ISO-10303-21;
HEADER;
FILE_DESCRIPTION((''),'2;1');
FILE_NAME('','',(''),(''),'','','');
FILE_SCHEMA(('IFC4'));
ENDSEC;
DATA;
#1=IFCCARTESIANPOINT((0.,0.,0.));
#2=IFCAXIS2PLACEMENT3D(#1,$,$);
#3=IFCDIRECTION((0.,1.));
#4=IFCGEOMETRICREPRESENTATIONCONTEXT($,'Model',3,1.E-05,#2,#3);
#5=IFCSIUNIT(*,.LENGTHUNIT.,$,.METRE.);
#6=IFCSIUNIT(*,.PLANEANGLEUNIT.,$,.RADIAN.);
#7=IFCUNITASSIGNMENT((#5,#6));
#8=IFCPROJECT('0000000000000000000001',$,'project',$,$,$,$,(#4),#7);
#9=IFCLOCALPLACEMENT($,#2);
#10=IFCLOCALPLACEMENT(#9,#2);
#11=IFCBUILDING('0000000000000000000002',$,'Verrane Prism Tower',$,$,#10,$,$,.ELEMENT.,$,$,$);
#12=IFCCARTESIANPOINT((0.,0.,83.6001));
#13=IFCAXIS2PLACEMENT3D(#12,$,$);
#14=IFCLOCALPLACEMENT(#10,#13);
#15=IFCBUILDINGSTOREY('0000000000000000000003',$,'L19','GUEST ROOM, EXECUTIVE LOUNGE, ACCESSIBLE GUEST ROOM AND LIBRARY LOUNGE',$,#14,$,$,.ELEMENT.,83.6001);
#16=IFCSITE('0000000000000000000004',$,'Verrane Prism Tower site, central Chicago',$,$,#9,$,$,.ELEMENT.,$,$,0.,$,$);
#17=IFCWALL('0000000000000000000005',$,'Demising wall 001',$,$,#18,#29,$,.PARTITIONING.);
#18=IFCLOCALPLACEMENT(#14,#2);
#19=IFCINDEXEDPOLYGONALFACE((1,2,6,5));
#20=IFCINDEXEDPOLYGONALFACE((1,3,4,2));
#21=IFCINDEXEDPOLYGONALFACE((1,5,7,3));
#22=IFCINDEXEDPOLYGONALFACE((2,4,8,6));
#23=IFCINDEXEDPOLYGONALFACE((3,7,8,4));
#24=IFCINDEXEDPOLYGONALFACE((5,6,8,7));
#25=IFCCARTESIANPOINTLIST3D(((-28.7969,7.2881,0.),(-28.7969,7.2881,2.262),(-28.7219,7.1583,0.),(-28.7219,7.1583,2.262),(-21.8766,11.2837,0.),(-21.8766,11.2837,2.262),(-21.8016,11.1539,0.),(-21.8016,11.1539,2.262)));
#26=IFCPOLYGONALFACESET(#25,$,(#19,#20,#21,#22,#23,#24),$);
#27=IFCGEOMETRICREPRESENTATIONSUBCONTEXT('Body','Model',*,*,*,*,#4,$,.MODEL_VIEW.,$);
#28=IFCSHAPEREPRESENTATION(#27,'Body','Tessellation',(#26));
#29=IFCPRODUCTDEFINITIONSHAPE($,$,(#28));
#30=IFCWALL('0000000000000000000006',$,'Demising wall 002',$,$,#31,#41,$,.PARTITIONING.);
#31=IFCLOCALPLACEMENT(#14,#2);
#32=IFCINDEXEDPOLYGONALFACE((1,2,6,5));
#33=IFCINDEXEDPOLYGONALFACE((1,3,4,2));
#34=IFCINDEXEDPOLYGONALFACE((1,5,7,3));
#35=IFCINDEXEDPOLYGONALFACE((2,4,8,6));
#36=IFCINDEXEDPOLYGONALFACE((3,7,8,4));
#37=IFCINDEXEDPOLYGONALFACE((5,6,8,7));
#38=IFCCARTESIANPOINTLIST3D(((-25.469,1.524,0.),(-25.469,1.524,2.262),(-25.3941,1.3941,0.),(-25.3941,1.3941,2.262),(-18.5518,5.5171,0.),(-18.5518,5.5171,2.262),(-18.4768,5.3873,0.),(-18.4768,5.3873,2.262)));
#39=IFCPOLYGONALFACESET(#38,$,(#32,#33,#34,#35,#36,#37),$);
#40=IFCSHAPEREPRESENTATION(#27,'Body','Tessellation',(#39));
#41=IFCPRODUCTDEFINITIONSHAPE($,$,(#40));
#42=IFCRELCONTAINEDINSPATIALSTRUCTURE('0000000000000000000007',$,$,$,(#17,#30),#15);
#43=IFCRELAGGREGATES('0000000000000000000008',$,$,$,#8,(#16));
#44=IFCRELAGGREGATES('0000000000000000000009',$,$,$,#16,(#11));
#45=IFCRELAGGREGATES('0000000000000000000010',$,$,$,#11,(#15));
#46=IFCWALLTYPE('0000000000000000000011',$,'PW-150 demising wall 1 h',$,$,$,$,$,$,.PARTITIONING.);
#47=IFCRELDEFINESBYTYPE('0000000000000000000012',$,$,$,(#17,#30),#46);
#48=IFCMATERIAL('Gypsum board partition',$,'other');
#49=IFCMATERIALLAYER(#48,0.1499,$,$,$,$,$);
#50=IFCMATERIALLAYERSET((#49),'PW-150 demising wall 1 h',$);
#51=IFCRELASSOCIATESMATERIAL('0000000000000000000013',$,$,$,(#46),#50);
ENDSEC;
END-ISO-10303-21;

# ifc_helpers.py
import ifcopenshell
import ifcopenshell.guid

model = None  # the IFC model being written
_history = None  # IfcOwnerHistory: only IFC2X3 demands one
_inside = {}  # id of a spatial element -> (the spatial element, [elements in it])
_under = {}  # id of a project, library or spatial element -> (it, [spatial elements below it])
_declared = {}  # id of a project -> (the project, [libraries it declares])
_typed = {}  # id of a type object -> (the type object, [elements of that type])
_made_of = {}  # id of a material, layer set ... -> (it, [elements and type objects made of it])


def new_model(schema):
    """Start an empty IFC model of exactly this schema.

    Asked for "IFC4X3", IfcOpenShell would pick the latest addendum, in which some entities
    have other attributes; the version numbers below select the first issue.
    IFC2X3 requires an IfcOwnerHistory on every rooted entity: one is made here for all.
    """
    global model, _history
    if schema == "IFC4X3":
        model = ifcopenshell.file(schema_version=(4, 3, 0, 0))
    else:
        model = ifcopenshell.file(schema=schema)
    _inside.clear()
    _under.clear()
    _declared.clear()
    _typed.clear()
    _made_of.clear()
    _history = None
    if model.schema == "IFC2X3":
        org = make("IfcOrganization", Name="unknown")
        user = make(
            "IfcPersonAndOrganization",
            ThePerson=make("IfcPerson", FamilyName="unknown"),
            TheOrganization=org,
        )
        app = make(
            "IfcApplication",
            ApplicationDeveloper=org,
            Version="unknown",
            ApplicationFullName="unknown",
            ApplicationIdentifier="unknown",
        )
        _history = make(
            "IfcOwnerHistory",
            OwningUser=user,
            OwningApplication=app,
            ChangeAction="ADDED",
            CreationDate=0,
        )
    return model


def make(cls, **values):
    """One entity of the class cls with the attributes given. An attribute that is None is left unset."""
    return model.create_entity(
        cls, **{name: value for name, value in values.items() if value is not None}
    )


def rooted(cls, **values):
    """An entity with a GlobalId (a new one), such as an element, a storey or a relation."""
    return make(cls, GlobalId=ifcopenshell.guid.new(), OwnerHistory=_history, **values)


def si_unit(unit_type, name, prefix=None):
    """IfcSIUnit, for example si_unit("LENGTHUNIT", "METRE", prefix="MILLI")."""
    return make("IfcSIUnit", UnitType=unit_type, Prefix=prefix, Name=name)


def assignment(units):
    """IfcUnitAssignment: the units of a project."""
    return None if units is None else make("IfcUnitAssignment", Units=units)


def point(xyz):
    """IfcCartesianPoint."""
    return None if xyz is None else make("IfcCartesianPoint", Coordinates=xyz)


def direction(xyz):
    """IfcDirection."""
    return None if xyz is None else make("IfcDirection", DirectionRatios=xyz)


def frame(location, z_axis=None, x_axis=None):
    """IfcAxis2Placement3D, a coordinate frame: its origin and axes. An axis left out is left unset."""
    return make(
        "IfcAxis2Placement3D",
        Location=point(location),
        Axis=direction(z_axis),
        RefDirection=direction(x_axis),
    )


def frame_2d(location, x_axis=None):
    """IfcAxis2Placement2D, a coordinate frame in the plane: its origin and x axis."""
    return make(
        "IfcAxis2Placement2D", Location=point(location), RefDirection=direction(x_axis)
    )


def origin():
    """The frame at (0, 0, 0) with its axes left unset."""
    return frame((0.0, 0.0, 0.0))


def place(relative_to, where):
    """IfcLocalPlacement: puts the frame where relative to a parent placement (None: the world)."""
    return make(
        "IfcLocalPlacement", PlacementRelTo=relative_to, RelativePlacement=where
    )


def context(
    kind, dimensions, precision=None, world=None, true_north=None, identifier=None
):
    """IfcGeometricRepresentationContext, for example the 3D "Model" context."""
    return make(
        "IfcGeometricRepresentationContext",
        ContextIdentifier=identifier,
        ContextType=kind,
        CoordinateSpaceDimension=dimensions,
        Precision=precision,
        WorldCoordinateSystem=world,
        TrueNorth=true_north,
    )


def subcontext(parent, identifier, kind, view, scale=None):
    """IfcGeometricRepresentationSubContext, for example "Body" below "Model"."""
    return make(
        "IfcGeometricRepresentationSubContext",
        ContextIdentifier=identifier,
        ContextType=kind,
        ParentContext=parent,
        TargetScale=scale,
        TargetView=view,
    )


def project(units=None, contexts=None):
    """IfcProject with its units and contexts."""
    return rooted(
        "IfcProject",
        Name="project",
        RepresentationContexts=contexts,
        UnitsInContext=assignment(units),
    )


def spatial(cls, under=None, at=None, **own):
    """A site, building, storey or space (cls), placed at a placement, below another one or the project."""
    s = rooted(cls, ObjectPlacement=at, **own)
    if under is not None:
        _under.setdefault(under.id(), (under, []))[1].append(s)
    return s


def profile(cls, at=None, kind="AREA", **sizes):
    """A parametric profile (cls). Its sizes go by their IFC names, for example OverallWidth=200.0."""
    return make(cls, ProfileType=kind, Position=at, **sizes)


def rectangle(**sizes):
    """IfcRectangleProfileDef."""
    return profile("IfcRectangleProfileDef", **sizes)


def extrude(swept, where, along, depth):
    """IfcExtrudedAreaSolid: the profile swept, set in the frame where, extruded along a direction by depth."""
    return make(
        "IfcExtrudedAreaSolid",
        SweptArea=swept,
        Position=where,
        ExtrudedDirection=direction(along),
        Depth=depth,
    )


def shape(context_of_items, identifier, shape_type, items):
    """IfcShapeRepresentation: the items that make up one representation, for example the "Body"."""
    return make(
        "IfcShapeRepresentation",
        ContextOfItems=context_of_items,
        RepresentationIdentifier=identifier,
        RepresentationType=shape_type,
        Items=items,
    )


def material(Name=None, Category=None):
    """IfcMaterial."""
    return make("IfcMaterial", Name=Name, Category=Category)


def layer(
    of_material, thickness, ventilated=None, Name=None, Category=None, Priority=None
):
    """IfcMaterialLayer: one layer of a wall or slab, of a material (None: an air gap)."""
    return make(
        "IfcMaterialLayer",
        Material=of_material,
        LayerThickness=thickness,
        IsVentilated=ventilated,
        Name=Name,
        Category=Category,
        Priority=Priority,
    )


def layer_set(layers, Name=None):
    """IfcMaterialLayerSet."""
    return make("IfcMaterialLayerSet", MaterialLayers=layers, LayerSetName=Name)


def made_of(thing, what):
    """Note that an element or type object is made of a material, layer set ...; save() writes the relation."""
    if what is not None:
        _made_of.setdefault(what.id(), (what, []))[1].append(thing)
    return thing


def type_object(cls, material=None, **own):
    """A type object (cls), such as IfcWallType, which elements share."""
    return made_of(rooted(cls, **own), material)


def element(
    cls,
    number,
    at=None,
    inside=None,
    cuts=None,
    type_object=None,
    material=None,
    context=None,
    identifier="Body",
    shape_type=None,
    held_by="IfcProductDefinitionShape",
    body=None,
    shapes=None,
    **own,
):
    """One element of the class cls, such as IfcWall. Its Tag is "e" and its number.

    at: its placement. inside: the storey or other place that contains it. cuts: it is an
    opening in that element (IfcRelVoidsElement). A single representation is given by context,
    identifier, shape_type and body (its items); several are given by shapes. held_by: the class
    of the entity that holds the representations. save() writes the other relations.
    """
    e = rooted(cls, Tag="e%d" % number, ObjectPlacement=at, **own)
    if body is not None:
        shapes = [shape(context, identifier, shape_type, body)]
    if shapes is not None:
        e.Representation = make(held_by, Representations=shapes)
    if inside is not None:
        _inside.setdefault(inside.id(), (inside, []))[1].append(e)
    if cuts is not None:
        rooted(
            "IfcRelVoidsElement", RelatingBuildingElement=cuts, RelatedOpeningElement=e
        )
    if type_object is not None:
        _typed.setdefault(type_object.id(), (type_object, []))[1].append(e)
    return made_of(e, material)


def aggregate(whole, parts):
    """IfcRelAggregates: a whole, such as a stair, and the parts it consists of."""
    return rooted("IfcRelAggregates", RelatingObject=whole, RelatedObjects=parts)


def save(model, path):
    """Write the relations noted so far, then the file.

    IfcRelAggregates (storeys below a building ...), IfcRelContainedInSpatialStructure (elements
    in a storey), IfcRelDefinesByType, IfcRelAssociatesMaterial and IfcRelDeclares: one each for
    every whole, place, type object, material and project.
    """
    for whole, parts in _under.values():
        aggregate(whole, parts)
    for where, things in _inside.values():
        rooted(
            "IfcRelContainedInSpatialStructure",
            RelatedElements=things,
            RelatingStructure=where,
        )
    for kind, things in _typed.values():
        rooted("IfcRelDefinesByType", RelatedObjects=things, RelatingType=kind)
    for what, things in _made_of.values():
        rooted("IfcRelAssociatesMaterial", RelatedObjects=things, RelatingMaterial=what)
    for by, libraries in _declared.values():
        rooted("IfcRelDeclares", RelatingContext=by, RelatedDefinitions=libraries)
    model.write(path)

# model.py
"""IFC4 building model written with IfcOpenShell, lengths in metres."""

from ifc_helpers import new_model, si_unit, direction, frame, frame_2d, origin, place, context, subcontext, project, spatial, rectangle, extrude, material, layer, layer_set, type_object, element, save


model = new_model("IFC4")

# Units and contexts
model_context = context("Model", 3, precision=1e-05, world=origin(), true_north=direction((0.0, 1.0)))
body_context = subcontext(model_context, "Body", "Model", "MODEL_VIEW")
ifc_project = project(units=[si_unit("LENGTHUNIT", "METRE"), si_unit("PLANEANGLEUNIT", "RADIAN")], contexts=[model_context])

# Site, building, storey
site_placement = place(None, origin())
site = spatial("IfcSite", under=ifc_project, at=site_placement, Name="Verrane Prism Tower site, central Chicago", CompositionType="ELEMENT", RefElevation=0.0)
building_placement = place(site_placement, origin())
building = spatial("IfcBuilding", under=site, at=building_placement, Name="Verrane Prism Tower", CompositionType="ELEMENT")
storey_placement = place(building_placement, frame((0.0, 0.0, 83.6001)))
storey = spatial("IfcBuildingStorey", under=building, at=storey_placement, Name="L19", Description="GUEST ROOM, EXECUTIVE LOUNGE, ACCESSIBLE GUEST ROOM AND LIBRARY LOUNGE", CompositionType="ELEMENT", Elevation=83.6001)

# Walls
ifc_material_1 = material(Name="Gypsum board partition", Category="other")
ifc_layer_1 = layer(ifc_material_1, 0.1499)
ifc_layer_set_1 = layer_set([ifc_layer_1], Name="PW-150 demising wall 1 h")
wall_type_1 = type_object("IfcWallType", Name="PW-150 demising wall 1 h", PredefinedType="PARTITIONING", material=ifc_layer_set_1)
wall_1_placement = place(storey_placement, frame((-28.7595, 7.2231, 0.0), z_axis=(0.0, 0.0, 1.0), x_axis=(0.86602, 0.50001, 0.0)))
element("IfcWall", 1, at=wall_1_placement, inside=storey, type_object=wall_type_1, Name="Demising wall 001", PredefinedType="PARTITIONING", context=body_context, shape_type="SweptSolid", body=[
    extrude(rectangle(XDim=7.991, YDim=0.1499, at=frame_2d((3.9956, 0.0))), origin(), (0.0, 0.0, 1.0), 2.262),
])
wall_2_placement = place(storey_placement, frame((-25.4316, 1.459, 0.0), z_axis=(0.0, 0.0, 1.0), x_axis=(0.866053, 0.499953, 0.0)))
element("IfcWall", 2, at=wall_2_placement, inside=storey, type_object=wall_type_1, Name="Demising wall 002", PredefinedType="PARTITIONING", context=body_context, shape_type="SweptSolid", body=[
    extrude(rectangle(XDim=7.9871, YDim=0.1499, at=frame_2d((3.9937, 0.0))), origin(), (0.0, 0.0, 1.0), 2.262),
])

save(model, "model.ifc")
